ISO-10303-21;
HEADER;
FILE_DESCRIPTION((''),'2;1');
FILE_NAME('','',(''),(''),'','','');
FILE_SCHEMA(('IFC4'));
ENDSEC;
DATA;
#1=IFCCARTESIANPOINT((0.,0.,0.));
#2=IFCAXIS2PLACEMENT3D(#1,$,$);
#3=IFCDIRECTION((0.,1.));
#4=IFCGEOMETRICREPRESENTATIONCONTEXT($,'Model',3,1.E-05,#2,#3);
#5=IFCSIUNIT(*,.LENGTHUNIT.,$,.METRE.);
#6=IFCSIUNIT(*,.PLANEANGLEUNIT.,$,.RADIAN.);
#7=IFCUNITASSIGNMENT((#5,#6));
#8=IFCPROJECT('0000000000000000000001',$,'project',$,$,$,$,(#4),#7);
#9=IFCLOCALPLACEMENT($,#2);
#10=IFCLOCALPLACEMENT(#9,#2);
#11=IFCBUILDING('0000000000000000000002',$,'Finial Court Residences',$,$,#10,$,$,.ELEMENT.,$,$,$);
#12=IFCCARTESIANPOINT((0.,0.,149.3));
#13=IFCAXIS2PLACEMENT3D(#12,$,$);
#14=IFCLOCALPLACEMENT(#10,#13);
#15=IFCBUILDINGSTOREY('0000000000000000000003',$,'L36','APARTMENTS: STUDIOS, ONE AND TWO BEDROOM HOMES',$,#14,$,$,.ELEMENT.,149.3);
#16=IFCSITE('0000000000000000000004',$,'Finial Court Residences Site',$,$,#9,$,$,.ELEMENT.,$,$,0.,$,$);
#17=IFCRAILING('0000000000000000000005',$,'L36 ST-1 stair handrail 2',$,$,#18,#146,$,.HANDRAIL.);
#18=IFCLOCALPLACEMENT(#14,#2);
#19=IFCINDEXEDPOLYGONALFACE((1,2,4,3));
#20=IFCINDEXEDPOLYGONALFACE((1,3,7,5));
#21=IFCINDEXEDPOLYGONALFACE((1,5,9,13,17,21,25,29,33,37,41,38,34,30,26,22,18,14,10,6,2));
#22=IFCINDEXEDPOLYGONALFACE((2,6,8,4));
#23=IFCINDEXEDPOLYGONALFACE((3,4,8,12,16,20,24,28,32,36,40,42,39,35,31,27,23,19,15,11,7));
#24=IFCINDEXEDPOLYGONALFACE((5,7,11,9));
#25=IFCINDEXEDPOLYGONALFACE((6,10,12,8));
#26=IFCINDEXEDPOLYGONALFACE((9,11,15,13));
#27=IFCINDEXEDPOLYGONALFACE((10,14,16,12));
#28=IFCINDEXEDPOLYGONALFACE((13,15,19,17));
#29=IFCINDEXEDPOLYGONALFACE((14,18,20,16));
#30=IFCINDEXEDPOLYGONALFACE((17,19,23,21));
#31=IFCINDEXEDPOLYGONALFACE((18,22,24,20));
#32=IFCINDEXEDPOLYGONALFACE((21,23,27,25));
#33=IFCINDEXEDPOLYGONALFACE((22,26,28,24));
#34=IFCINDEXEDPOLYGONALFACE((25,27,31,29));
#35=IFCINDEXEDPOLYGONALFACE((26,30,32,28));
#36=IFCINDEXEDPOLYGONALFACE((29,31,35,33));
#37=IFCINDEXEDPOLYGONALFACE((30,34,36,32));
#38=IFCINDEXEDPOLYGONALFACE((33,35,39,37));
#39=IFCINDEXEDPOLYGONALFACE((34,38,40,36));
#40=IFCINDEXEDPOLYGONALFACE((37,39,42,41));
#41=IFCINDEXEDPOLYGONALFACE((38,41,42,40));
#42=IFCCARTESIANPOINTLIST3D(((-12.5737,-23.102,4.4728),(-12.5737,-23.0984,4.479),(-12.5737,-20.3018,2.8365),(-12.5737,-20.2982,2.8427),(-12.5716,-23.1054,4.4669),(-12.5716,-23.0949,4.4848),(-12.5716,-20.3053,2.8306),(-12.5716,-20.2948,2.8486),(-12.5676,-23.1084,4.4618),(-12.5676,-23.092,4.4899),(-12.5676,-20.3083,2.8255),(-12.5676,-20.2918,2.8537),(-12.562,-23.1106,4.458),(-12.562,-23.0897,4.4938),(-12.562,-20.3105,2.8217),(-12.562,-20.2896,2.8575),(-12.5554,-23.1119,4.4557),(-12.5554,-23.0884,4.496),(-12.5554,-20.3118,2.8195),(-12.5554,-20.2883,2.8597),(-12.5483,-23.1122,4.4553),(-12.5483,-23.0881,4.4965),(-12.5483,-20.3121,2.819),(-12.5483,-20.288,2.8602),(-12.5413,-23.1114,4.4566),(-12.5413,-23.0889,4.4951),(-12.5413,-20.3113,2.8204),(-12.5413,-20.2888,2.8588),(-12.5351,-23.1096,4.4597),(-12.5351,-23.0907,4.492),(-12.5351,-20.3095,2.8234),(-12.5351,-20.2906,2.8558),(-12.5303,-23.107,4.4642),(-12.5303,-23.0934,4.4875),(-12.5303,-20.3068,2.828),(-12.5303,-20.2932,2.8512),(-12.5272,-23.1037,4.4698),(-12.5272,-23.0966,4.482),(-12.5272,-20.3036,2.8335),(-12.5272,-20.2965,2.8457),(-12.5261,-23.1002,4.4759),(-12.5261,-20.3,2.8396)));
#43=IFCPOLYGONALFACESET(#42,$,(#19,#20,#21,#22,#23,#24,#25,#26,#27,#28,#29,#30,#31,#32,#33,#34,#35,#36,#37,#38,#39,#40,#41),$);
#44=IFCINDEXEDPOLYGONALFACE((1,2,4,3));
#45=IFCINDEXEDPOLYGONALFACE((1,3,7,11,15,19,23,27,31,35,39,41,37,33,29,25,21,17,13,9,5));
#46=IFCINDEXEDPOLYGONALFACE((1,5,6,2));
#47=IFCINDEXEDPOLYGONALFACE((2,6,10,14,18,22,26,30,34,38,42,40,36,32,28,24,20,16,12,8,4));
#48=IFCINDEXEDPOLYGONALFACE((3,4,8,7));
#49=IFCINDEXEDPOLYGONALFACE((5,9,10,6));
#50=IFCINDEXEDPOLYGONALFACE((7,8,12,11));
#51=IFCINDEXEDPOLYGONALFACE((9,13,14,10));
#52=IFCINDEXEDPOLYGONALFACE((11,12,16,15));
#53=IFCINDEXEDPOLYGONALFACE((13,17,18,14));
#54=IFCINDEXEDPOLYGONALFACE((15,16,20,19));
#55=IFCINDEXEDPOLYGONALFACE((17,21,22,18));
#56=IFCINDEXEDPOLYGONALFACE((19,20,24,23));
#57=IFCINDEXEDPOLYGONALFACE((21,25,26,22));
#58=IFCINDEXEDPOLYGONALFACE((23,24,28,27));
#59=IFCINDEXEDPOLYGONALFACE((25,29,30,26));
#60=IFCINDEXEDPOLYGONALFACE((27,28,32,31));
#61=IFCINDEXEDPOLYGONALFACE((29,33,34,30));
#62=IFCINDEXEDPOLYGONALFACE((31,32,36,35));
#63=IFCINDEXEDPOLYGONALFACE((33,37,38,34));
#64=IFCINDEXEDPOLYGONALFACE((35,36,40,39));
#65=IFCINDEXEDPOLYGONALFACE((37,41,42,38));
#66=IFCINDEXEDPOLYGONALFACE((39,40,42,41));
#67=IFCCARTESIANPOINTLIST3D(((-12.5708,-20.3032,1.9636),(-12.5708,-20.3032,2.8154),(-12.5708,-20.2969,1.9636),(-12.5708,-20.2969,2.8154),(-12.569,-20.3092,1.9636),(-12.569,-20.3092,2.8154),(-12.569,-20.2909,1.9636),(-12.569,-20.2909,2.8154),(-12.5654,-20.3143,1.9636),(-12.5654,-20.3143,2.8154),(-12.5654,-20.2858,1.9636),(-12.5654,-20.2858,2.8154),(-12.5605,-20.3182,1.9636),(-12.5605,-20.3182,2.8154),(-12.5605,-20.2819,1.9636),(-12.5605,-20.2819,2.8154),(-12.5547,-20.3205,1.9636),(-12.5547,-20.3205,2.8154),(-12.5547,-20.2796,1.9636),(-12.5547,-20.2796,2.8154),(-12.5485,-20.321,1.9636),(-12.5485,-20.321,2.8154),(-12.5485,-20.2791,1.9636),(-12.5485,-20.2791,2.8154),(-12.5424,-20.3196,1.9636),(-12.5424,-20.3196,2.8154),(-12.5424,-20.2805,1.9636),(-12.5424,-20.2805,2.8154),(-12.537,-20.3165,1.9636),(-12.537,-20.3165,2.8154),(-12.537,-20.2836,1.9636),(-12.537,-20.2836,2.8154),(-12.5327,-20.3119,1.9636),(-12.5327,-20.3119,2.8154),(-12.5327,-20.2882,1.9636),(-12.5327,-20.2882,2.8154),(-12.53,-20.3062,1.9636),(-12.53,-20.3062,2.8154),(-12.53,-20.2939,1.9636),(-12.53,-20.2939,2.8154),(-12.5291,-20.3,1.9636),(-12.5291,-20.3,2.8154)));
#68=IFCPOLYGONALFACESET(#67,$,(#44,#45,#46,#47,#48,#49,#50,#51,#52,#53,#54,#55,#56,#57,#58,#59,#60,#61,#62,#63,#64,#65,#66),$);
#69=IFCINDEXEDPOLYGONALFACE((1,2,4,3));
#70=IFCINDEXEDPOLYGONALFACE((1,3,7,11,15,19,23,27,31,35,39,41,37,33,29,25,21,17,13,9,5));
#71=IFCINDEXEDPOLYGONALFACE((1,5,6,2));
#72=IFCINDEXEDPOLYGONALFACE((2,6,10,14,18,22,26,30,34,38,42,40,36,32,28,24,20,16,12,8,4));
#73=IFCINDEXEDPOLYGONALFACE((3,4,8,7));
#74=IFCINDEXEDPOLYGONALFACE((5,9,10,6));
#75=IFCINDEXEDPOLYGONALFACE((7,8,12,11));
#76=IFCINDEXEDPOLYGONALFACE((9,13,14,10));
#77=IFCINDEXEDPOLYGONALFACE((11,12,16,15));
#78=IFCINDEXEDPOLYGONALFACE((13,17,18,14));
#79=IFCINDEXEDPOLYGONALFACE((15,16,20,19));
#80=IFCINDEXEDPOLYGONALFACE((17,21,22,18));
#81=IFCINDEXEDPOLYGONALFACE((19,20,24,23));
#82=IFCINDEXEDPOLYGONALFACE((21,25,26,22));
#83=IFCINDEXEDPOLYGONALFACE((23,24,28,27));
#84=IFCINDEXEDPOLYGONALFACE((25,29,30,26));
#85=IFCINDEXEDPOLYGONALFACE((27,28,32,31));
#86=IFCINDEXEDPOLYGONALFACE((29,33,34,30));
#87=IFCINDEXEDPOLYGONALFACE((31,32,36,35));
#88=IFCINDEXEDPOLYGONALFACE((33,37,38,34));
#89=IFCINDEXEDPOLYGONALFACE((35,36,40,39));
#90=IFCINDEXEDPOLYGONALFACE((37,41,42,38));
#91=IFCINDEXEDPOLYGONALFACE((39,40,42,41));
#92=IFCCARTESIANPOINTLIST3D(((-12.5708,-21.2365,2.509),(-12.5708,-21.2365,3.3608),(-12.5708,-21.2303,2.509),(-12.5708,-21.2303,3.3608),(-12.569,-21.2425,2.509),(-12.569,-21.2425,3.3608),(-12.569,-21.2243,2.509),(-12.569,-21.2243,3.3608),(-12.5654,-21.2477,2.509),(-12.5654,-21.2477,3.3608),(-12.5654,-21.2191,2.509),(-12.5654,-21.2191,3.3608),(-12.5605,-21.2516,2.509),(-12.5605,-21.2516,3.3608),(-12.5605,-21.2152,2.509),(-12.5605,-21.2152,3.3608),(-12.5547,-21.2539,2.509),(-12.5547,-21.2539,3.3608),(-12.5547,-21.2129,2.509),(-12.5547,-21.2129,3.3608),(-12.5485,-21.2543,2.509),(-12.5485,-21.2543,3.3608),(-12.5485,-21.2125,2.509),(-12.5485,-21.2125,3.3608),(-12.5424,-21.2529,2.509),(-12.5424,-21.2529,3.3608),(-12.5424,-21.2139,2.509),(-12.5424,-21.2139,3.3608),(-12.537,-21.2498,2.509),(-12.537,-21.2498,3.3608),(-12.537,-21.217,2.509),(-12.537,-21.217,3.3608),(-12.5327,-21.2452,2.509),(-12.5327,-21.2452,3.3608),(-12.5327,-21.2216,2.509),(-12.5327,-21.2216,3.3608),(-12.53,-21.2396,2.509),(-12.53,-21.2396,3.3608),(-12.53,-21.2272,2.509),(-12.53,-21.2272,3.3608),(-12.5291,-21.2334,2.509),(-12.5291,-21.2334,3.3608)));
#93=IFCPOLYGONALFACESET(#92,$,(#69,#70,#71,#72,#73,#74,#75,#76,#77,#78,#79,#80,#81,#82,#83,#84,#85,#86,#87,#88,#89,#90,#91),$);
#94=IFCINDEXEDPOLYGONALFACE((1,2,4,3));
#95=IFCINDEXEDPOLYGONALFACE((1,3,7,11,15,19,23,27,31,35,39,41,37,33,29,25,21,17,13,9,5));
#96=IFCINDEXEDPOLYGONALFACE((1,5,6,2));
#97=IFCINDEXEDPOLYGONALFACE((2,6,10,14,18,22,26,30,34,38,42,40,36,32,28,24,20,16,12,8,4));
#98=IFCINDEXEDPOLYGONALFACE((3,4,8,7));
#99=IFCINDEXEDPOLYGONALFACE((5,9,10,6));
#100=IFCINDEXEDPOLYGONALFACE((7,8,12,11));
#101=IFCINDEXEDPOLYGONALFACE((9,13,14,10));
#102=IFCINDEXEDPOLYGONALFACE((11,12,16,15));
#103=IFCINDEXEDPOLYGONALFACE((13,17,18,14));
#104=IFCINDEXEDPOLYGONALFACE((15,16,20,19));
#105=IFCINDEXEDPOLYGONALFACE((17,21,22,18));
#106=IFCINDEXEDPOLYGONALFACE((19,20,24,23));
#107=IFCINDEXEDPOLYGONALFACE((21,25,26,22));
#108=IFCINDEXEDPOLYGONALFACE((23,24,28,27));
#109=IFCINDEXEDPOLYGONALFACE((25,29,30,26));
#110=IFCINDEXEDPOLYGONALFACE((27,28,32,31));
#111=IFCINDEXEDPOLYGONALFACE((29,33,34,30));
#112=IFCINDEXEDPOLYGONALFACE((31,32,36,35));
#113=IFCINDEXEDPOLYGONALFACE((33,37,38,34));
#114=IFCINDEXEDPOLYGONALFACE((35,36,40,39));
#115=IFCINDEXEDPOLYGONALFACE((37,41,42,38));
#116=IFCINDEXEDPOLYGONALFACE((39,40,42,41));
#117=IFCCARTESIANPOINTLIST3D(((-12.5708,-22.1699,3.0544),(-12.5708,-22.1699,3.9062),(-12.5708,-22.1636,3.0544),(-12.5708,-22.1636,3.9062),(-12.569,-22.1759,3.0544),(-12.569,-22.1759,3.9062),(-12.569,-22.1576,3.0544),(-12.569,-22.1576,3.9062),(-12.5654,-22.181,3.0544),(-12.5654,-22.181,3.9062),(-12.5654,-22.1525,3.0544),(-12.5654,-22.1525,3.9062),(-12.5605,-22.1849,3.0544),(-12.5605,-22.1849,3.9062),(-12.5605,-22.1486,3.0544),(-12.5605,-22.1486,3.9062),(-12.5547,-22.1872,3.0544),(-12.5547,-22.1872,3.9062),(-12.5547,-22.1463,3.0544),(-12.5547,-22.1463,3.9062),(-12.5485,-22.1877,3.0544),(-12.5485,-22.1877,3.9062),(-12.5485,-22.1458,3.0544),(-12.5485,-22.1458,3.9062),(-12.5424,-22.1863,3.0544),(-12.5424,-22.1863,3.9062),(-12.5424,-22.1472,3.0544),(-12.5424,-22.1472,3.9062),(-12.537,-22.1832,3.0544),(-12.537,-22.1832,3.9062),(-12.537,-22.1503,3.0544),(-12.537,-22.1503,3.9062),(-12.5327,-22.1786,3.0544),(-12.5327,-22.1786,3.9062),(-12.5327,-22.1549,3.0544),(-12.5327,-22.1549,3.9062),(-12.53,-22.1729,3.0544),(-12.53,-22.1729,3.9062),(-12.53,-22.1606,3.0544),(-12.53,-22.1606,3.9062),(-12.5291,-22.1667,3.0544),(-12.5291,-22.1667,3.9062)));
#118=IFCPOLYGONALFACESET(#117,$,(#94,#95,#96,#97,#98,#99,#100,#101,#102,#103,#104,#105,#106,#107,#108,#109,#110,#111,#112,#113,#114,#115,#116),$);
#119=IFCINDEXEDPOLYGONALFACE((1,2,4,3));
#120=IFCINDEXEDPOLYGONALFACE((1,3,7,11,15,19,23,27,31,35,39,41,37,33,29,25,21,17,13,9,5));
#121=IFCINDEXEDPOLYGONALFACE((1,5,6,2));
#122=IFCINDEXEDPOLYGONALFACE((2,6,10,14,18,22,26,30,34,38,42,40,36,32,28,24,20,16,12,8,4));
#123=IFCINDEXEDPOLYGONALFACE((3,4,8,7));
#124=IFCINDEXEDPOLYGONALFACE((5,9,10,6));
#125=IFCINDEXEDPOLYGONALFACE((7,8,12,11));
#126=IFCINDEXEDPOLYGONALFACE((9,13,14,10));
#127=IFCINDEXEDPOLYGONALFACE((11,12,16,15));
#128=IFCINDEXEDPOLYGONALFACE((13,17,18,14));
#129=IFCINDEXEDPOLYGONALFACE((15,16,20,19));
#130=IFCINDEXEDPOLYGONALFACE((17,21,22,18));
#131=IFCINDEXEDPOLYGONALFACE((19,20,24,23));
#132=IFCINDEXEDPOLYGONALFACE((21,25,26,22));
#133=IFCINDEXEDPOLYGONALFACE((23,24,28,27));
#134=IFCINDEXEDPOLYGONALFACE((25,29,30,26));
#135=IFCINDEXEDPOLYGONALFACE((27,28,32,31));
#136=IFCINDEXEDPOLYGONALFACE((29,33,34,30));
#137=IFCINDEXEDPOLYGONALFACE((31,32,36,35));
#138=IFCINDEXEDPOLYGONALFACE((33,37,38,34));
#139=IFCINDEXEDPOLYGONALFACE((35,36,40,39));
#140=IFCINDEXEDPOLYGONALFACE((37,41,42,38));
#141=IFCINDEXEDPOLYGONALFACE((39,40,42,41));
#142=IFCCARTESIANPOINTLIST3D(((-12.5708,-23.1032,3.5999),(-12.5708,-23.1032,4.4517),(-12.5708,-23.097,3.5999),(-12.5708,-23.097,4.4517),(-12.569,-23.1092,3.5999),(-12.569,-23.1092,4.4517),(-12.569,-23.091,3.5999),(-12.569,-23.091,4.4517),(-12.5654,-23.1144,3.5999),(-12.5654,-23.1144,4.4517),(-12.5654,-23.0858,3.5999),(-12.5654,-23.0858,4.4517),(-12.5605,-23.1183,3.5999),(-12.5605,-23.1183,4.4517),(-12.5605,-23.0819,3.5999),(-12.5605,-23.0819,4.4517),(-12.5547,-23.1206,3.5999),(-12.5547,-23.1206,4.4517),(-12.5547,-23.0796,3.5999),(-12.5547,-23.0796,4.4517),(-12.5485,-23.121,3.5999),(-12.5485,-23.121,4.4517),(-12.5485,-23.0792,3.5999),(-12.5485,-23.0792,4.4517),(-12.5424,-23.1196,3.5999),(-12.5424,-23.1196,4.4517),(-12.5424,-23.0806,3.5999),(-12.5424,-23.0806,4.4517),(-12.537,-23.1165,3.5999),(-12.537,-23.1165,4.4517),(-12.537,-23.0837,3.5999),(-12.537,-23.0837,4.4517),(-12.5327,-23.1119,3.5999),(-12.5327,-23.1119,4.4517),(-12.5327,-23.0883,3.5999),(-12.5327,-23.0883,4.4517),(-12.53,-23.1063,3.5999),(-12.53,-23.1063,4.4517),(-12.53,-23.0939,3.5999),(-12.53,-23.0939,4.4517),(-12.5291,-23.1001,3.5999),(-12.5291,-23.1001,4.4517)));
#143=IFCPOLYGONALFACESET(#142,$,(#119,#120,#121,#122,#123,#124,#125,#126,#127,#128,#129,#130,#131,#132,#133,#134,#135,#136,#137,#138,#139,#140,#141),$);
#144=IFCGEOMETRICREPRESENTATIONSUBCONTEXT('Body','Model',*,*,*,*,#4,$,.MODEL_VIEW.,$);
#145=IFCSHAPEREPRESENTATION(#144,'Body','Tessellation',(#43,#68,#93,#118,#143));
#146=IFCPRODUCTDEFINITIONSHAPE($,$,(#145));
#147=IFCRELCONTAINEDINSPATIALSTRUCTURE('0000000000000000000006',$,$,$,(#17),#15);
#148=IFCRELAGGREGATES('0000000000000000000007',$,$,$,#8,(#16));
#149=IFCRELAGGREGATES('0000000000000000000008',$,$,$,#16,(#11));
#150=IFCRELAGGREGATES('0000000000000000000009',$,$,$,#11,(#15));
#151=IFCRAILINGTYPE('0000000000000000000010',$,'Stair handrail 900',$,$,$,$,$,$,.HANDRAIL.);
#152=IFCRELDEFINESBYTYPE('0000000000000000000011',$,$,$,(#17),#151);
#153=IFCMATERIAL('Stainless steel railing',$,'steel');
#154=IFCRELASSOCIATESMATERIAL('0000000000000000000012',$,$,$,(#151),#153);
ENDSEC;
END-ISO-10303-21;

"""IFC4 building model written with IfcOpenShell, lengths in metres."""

from ifc_helpers import new_model, si_unit, direction, frame, origin, origin_2d, place, context, subcontext, project, spatial, circle, extrude, material, type_object, element, save


model = new_model("IFC4")

# Units and contexts
model_context = context("Model", 3, precision=1e-05, world=origin(), true_north=direction((0.0, 1.0)))
body_context = subcontext(model_context, "Body", "Model", "MODEL_VIEW")
ifc_project = project(units=[si_unit("LENGTHUNIT", "METRE"), si_unit("PLANEANGLEUNIT", "RADIAN")], contexts=[model_context])

# Site, building, storey
site_placement = place(None, origin())
site = spatial("IfcSite", under=ifc_project, at=site_placement, Name="Finial Court Residences Site", CompositionType="ELEMENT", RefElevation=0.0)
building_placement = place(site_placement, origin())
building = spatial("IfcBuilding", under=site, at=building_placement, Name="Finial Court Residences", CompositionType="ELEMENT")
storey_placement = place(building_placement, frame((0.0, 0.0, 149.3)))
storey = spatial("IfcBuildingStorey", under=building, at=storey_placement, Name="L36", Description="APARTMENTS: STUDIOS, ONE AND TWO BEDROOM HOMES", CompositionType="ELEMENT", Elevation=149.3)

# Railing
ifc_material_1 = material(Name="Stainless steel railing", Category="steel")
railing_type_1 = type_object("IfcRailingType", Name="Stair handrail 900", PredefinedType="HANDRAIL", material=ifc_material_1)
railing_1_placement = place(storey_placement, frame((-12.55, -20.3, 1.9636)))
element("IfcRailing", 1, at=railing_1_placement, inside=storey, type_object=railing_type_1, Name="L36 ST-1 stair handrail 2", PredefinedType="HANDRAIL", context=body_context, shape_type="SweptSolid", body=[
    extrude(circle(Radius=0.0239, at=origin_2d()), frame((0.0, 0.0, 0.876), z_axis=(0.0, -0.863394, 0.504531), x_axis=(1.0, 0.0, 0.0)), (0.0, 0.0, 1.0), 3.2432),
    extrude(circle(Radius=0.021, at=origin_2d()), origin(), (0.0, 0.0, 1.0), 0.8518),
    extrude(circle(Radius=0.021, at=origin_2d()), frame((0.0, -0.9333, 0.5454)), (0.0, 0.0, 1.0), 0.8518),
    extrude(circle(Radius=0.021, at=origin_2d()), frame((0.0, -1.8667, 1.0908)), (0.0, 0.0, 1.0), 0.8518),
    extrude(circle(Radius=0.021, at=origin_2d()), frame((0.0, -2.8, 1.6362)), (0.0, 0.0, 1.0), 0.8518),
])

save(model, "model.ifc")
